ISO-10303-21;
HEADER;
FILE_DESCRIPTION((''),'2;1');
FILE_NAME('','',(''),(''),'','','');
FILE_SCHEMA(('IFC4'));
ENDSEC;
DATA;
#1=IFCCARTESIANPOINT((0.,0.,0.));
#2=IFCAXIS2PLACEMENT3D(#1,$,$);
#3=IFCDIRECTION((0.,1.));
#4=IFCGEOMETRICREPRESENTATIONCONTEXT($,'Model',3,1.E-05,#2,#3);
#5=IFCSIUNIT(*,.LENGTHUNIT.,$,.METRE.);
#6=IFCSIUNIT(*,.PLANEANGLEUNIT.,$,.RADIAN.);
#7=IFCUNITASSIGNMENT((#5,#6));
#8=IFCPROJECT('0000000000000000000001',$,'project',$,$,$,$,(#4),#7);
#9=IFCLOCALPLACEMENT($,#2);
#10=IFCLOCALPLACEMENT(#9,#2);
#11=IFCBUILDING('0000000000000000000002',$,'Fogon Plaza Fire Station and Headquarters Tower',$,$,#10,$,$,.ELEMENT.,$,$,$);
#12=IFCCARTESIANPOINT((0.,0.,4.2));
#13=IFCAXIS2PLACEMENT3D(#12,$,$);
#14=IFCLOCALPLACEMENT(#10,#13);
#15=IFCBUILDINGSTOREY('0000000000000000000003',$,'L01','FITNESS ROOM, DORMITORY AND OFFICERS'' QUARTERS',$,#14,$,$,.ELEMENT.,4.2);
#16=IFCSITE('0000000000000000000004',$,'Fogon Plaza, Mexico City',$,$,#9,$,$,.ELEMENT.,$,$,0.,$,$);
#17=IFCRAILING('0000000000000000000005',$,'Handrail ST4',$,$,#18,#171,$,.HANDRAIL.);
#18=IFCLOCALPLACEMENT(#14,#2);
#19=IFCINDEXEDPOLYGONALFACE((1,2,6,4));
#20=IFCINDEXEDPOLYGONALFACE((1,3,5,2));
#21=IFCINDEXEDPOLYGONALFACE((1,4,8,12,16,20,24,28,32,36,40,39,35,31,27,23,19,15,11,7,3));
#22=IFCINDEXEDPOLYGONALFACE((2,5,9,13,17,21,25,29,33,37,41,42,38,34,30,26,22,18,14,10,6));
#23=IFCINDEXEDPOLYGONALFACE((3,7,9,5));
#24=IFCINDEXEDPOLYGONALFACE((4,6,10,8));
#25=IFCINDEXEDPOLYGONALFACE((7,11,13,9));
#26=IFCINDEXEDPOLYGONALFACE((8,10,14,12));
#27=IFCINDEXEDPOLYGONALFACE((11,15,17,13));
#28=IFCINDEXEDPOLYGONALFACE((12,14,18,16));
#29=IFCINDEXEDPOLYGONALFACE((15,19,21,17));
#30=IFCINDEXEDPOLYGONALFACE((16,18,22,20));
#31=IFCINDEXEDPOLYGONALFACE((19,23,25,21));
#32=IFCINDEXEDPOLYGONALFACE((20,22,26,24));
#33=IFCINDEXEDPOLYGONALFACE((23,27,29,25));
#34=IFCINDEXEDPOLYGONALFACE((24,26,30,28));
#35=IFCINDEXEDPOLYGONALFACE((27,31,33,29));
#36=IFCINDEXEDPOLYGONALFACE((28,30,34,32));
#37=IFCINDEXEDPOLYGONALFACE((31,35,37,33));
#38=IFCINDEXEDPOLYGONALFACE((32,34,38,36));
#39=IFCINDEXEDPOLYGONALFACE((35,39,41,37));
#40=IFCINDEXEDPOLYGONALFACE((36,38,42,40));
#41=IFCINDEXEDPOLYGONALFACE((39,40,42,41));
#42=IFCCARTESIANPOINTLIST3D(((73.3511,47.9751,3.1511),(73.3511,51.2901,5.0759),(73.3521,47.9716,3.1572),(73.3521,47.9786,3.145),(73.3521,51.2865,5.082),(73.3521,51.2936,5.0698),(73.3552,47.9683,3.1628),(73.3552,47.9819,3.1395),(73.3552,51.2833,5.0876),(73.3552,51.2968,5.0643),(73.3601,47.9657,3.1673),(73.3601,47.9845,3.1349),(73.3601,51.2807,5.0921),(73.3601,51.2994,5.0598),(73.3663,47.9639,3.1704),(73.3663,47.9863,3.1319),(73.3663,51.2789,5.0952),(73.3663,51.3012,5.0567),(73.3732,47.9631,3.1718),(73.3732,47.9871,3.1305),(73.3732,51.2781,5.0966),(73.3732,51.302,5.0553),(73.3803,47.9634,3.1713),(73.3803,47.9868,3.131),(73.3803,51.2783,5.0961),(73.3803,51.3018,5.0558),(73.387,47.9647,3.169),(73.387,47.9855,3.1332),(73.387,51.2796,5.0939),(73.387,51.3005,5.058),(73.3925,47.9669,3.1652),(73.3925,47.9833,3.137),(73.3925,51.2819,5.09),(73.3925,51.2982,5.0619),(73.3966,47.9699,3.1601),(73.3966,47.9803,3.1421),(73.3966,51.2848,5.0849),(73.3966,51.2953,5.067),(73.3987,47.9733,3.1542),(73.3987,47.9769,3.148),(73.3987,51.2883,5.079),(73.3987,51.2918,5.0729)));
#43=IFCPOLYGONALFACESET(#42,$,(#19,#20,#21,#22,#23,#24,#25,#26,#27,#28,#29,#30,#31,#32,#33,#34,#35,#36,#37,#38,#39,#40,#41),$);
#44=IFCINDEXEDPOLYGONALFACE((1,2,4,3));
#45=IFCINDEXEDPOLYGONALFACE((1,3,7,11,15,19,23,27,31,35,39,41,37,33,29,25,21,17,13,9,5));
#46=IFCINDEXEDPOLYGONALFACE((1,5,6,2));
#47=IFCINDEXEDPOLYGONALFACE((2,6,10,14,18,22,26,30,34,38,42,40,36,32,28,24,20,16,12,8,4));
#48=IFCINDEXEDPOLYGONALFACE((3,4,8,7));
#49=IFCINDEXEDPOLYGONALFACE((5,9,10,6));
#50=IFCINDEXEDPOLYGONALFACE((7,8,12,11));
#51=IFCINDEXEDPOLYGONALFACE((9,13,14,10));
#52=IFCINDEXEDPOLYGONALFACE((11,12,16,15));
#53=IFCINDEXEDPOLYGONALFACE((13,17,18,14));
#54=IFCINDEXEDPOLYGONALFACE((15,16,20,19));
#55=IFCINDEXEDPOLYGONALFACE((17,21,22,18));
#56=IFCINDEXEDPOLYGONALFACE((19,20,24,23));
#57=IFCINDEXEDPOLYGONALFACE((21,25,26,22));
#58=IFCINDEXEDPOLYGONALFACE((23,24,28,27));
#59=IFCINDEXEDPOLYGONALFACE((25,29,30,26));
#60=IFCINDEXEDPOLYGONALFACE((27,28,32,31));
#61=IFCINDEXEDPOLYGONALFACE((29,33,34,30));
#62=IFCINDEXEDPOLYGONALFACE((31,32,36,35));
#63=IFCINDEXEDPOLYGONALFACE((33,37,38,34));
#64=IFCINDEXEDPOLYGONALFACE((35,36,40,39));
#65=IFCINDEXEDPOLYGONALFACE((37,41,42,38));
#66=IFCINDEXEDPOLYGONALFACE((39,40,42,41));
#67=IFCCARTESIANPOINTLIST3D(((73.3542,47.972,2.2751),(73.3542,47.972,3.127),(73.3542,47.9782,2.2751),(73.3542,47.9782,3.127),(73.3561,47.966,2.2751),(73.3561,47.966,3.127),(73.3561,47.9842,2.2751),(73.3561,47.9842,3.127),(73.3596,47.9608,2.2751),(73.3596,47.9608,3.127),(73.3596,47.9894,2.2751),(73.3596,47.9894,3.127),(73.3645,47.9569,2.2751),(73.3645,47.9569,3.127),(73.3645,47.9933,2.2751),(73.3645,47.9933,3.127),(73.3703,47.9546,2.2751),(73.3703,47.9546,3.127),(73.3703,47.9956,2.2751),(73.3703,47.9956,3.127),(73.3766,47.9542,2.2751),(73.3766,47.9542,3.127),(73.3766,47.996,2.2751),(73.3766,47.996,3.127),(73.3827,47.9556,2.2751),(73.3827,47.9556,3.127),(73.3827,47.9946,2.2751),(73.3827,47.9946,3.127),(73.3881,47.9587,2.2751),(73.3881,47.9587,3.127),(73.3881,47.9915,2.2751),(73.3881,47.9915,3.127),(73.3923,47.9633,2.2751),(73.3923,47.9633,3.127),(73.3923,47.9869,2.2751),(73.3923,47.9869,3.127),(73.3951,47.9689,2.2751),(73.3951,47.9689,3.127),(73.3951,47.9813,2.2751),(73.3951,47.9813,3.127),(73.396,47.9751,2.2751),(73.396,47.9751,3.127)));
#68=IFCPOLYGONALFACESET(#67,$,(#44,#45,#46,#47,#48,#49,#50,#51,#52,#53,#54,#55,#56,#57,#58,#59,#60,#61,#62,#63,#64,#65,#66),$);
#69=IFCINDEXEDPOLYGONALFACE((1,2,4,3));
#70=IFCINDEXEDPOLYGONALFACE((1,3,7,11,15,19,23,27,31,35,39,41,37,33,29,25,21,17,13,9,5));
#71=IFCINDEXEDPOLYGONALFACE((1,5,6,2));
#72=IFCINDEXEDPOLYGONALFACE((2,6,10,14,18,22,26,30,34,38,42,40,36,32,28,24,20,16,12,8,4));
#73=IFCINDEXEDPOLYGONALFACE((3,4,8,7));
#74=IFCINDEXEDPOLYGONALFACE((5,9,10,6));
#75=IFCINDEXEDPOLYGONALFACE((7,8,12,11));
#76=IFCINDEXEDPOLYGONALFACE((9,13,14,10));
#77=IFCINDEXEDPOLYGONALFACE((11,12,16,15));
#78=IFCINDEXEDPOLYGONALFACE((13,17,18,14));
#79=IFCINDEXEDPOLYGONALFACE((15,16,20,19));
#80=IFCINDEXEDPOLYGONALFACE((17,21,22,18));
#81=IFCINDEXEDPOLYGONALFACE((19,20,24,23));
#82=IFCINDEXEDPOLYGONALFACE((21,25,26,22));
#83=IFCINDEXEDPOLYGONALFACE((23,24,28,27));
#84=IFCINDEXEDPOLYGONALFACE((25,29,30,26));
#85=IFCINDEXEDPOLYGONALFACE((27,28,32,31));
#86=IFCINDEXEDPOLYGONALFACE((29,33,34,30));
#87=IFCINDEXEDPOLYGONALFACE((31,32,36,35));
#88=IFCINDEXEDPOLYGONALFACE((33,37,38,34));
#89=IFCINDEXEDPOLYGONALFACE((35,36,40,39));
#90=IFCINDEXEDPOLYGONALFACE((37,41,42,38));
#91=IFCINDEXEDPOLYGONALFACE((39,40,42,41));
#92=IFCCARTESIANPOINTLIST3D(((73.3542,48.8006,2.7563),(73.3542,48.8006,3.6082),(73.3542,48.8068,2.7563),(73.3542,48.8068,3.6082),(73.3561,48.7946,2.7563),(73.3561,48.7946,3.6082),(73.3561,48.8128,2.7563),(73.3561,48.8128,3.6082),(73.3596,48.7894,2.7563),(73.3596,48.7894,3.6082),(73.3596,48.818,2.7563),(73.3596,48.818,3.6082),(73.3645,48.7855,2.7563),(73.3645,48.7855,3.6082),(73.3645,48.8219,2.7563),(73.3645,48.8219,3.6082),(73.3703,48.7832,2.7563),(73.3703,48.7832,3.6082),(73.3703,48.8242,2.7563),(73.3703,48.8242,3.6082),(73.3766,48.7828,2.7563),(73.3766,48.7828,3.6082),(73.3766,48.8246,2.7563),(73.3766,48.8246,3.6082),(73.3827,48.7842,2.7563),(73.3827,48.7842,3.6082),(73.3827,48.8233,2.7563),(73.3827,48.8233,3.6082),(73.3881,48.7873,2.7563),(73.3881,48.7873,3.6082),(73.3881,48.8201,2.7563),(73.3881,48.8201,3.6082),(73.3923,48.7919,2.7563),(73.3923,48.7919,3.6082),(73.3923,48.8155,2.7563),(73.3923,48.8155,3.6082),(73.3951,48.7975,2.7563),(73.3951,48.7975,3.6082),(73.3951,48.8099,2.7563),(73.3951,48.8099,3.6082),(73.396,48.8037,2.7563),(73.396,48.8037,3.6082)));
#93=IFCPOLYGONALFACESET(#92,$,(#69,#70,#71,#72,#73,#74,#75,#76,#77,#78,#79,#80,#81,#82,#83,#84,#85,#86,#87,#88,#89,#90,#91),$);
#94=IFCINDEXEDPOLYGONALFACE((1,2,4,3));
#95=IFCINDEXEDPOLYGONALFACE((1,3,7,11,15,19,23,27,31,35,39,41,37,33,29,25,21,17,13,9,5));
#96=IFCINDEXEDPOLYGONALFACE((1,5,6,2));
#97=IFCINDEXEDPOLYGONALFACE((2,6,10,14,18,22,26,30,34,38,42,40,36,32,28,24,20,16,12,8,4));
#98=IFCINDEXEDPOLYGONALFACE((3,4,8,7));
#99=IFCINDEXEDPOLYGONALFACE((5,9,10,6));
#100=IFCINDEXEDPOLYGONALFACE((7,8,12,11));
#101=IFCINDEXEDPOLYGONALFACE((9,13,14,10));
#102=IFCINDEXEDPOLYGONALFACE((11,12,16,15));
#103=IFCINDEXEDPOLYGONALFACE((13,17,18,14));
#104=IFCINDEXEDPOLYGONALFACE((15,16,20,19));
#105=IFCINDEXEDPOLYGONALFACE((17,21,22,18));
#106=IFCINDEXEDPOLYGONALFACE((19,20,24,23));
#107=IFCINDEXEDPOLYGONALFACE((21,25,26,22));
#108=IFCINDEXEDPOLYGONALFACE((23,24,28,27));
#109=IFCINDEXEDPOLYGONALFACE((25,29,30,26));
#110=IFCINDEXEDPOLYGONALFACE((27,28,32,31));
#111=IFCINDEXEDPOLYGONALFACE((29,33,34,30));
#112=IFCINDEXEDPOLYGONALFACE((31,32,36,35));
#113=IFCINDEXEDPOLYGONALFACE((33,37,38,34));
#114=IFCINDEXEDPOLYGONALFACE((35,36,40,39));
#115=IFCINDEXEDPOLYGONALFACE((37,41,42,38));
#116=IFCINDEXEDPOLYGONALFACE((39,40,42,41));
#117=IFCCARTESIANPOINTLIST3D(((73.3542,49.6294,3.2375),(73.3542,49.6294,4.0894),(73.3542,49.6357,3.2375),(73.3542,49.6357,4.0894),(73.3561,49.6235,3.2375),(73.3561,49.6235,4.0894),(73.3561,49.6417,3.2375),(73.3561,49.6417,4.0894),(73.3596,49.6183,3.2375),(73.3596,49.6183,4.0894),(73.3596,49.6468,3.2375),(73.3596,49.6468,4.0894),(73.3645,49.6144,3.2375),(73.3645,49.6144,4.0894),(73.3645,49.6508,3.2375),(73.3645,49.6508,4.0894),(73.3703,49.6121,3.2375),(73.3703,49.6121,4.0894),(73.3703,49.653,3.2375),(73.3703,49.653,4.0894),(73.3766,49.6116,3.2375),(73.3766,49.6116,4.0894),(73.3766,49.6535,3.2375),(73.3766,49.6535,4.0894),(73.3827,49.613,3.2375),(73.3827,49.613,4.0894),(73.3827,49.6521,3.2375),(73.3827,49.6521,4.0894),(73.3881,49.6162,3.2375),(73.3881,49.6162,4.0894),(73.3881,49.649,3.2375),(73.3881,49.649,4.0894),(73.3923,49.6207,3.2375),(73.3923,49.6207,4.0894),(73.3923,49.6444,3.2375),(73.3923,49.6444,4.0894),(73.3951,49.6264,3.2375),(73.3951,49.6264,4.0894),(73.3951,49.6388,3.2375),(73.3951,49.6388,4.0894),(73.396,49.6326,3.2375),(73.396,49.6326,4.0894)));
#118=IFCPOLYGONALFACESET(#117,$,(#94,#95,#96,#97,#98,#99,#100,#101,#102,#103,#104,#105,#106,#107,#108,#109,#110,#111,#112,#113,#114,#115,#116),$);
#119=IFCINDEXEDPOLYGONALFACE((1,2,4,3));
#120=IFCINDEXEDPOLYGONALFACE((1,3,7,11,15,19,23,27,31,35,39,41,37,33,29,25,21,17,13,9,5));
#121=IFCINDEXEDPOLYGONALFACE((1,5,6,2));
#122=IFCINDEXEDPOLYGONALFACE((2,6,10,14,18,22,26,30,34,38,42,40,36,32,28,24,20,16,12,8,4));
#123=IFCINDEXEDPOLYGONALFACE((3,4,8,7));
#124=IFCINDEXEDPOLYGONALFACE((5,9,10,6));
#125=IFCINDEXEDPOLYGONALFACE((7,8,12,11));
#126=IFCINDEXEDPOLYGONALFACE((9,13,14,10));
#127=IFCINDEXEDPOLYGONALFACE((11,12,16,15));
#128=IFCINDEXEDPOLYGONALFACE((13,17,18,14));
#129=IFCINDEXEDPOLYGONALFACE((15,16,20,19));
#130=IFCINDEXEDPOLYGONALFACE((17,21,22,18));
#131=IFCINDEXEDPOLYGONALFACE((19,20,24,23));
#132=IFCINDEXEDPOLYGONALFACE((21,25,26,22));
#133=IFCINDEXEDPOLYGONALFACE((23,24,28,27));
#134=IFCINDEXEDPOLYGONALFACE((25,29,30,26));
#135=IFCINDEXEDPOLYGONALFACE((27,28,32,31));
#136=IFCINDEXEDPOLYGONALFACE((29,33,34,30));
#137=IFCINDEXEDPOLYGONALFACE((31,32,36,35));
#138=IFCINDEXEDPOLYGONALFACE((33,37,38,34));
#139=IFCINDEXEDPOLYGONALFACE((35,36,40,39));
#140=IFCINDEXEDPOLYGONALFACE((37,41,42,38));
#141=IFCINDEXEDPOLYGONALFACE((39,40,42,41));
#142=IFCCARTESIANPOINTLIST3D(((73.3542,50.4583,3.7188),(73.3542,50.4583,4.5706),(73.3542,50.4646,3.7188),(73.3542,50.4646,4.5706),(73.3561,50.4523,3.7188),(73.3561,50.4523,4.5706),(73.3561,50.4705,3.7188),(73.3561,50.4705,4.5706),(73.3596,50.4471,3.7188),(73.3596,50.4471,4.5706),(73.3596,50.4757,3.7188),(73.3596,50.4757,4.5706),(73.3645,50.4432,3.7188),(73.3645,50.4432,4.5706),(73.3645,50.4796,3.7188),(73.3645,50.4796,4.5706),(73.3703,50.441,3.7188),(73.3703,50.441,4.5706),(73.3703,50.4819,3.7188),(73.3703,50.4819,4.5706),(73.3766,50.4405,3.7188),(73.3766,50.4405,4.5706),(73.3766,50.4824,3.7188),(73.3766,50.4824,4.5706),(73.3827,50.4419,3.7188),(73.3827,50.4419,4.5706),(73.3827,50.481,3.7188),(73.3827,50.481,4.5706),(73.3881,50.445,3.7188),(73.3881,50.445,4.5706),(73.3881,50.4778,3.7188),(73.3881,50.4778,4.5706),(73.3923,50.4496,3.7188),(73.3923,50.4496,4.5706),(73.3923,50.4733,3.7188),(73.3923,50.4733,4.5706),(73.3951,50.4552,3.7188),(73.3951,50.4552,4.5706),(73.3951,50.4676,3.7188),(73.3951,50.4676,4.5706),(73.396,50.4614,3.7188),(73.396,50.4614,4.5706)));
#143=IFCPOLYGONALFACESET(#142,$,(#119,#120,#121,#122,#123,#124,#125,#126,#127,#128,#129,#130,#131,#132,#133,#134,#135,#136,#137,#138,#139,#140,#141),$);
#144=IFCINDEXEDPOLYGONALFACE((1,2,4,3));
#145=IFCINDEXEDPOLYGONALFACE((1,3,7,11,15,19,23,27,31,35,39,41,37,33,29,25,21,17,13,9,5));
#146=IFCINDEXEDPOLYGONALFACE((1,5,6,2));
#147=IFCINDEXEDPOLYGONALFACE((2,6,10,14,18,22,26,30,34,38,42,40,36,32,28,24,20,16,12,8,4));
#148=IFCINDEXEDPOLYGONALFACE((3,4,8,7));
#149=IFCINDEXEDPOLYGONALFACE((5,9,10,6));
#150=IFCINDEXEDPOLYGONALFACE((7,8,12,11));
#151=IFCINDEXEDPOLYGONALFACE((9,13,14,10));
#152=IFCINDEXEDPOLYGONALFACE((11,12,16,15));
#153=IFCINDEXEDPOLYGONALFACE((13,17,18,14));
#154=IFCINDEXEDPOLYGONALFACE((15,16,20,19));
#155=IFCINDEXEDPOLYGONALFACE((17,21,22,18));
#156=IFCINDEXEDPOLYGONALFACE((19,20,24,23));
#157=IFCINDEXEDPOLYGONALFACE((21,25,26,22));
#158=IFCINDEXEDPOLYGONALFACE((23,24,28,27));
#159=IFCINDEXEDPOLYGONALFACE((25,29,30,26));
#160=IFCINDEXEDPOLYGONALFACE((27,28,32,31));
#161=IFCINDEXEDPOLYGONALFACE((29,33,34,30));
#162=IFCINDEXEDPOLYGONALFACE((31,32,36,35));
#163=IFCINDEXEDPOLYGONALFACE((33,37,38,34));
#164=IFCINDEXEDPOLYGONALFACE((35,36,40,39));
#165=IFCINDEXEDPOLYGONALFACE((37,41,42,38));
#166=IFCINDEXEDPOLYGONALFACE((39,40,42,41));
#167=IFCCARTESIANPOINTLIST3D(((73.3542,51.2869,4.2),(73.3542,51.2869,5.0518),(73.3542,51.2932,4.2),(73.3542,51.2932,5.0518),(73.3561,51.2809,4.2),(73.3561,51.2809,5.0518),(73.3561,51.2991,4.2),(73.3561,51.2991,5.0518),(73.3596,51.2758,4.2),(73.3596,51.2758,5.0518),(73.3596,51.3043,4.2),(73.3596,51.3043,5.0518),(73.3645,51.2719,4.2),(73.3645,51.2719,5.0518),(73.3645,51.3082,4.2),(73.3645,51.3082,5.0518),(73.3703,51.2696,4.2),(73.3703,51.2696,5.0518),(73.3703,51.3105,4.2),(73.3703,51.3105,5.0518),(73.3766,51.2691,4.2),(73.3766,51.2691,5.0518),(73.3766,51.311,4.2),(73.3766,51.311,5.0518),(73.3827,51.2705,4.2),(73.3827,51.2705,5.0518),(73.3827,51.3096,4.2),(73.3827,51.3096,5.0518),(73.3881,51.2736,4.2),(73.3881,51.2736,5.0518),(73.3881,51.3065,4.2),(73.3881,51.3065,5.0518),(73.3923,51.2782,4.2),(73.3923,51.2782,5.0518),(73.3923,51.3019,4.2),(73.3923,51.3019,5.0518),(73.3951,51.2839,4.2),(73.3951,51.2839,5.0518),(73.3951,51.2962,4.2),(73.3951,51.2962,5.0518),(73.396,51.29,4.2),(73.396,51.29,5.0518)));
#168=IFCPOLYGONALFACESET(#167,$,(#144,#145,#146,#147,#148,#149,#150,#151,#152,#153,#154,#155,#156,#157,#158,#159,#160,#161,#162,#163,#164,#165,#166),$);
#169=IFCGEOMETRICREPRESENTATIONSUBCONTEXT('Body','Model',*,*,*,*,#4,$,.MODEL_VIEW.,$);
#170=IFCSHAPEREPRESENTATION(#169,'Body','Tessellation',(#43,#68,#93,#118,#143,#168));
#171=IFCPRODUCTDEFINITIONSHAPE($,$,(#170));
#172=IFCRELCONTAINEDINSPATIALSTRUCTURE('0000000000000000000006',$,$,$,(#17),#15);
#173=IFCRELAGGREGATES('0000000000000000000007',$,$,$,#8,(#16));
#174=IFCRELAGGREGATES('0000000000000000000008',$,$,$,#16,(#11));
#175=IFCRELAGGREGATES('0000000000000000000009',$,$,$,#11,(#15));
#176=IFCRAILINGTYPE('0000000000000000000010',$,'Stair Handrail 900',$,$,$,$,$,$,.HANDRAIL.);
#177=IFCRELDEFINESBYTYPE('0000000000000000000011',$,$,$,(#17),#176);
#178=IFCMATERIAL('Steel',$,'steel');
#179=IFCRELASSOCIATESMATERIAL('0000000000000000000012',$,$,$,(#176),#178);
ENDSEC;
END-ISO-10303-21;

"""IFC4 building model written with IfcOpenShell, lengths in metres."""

from ifc_helpers import new_model, si_unit, direction, frame, origin, origin_2d, place, context, subcontext, project, spatial, circle, extrude, material, type_object, element, save


model = new_model("IFC4")

# Units and contexts
model_context = context("Model", 3, precision=1e-05, world=origin(), true_north=direction((0.0, 1.0)))
body_context = subcontext(model_context, "Body", "Model", "MODEL_VIEW")
ifc_project = project(units=[si_unit("LENGTHUNIT", "METRE"), si_unit("PLANEANGLEUNIT", "RADIAN")], contexts=[model_context])

# Site, building, storey
site_placement = place(None, origin())
site = spatial("IfcSite", under=ifc_project, at=site_placement, Name="Fogon Plaza, Mexico City", CompositionType="ELEMENT", RefElevation=0.0)
building_placement = place(site_placement, origin())
building = spatial("IfcBuilding", under=site, at=building_placement, Name="Fogon Plaza Fire Station and Headquarters Tower", CompositionType="ELEMENT")
storey_placement = place(building_placement, frame((0.0, 0.0, 4.2)))
storey = spatial("IfcBuildingStorey", under=building, at=storey_placement, Name="L01", Description="FITNESS ROOM, DORMITORY AND OFFICERS' QUARTERS", CompositionType="ELEMENT", Elevation=4.2)

# Railing
ifc_material_1 = material(Name="Steel", Category="steel")
railing_type = type_object("IfcRailingType", Name="Stair Handrail 900", PredefinedType="HANDRAIL", material=ifc_material_1)
for number, where, name in (
    (1, (73.375, 47.9751, 2.2751), "Handrail ST4"),
):
    element("IfcRailing", number, at=place(storey_placement, frame(where)), inside=storey, type_object=railing_type, Name=name, PredefinedType="HANDRAIL", context=body_context, shape_type="SweptSolid", body=[
        extrude(circle(Radius=0.0239, at=origin_2d()), frame((0.0, 0.0, 0.876), z_axis=(0.0, 0.864789, 0.502136), x_axis=(-1.0, 0.0, 0.0)), (0.0, 0.0, 1.0), 3.8333),
        extrude(circle(Radius=0.021, at=origin_2d()), origin(), (0.0, 0.0, 1.0), 0.8518),
        extrude(circle(Radius=0.021, at=origin_2d()), frame((0.0, 0.8286, 0.4812)), (0.0, 0.0, 1.0), 0.8518),
        extrude(circle(Radius=0.021, at=origin_2d()), frame((0.0, 1.6575, 0.9624)), (0.0, 0.0, 1.0), 0.8518),
        extrude(circle(Radius=0.021, at=origin_2d()), frame((0.0, 2.4863, 1.4436)), (0.0, 0.0, 1.0), 0.8518),
        extrude(circle(Radius=0.021, at=origin_2d()), frame((0.0, 3.3149, 1.9248)), (0.0, 0.0, 1.0), 0.8518),
    ])

save(model, "model.ifc")
